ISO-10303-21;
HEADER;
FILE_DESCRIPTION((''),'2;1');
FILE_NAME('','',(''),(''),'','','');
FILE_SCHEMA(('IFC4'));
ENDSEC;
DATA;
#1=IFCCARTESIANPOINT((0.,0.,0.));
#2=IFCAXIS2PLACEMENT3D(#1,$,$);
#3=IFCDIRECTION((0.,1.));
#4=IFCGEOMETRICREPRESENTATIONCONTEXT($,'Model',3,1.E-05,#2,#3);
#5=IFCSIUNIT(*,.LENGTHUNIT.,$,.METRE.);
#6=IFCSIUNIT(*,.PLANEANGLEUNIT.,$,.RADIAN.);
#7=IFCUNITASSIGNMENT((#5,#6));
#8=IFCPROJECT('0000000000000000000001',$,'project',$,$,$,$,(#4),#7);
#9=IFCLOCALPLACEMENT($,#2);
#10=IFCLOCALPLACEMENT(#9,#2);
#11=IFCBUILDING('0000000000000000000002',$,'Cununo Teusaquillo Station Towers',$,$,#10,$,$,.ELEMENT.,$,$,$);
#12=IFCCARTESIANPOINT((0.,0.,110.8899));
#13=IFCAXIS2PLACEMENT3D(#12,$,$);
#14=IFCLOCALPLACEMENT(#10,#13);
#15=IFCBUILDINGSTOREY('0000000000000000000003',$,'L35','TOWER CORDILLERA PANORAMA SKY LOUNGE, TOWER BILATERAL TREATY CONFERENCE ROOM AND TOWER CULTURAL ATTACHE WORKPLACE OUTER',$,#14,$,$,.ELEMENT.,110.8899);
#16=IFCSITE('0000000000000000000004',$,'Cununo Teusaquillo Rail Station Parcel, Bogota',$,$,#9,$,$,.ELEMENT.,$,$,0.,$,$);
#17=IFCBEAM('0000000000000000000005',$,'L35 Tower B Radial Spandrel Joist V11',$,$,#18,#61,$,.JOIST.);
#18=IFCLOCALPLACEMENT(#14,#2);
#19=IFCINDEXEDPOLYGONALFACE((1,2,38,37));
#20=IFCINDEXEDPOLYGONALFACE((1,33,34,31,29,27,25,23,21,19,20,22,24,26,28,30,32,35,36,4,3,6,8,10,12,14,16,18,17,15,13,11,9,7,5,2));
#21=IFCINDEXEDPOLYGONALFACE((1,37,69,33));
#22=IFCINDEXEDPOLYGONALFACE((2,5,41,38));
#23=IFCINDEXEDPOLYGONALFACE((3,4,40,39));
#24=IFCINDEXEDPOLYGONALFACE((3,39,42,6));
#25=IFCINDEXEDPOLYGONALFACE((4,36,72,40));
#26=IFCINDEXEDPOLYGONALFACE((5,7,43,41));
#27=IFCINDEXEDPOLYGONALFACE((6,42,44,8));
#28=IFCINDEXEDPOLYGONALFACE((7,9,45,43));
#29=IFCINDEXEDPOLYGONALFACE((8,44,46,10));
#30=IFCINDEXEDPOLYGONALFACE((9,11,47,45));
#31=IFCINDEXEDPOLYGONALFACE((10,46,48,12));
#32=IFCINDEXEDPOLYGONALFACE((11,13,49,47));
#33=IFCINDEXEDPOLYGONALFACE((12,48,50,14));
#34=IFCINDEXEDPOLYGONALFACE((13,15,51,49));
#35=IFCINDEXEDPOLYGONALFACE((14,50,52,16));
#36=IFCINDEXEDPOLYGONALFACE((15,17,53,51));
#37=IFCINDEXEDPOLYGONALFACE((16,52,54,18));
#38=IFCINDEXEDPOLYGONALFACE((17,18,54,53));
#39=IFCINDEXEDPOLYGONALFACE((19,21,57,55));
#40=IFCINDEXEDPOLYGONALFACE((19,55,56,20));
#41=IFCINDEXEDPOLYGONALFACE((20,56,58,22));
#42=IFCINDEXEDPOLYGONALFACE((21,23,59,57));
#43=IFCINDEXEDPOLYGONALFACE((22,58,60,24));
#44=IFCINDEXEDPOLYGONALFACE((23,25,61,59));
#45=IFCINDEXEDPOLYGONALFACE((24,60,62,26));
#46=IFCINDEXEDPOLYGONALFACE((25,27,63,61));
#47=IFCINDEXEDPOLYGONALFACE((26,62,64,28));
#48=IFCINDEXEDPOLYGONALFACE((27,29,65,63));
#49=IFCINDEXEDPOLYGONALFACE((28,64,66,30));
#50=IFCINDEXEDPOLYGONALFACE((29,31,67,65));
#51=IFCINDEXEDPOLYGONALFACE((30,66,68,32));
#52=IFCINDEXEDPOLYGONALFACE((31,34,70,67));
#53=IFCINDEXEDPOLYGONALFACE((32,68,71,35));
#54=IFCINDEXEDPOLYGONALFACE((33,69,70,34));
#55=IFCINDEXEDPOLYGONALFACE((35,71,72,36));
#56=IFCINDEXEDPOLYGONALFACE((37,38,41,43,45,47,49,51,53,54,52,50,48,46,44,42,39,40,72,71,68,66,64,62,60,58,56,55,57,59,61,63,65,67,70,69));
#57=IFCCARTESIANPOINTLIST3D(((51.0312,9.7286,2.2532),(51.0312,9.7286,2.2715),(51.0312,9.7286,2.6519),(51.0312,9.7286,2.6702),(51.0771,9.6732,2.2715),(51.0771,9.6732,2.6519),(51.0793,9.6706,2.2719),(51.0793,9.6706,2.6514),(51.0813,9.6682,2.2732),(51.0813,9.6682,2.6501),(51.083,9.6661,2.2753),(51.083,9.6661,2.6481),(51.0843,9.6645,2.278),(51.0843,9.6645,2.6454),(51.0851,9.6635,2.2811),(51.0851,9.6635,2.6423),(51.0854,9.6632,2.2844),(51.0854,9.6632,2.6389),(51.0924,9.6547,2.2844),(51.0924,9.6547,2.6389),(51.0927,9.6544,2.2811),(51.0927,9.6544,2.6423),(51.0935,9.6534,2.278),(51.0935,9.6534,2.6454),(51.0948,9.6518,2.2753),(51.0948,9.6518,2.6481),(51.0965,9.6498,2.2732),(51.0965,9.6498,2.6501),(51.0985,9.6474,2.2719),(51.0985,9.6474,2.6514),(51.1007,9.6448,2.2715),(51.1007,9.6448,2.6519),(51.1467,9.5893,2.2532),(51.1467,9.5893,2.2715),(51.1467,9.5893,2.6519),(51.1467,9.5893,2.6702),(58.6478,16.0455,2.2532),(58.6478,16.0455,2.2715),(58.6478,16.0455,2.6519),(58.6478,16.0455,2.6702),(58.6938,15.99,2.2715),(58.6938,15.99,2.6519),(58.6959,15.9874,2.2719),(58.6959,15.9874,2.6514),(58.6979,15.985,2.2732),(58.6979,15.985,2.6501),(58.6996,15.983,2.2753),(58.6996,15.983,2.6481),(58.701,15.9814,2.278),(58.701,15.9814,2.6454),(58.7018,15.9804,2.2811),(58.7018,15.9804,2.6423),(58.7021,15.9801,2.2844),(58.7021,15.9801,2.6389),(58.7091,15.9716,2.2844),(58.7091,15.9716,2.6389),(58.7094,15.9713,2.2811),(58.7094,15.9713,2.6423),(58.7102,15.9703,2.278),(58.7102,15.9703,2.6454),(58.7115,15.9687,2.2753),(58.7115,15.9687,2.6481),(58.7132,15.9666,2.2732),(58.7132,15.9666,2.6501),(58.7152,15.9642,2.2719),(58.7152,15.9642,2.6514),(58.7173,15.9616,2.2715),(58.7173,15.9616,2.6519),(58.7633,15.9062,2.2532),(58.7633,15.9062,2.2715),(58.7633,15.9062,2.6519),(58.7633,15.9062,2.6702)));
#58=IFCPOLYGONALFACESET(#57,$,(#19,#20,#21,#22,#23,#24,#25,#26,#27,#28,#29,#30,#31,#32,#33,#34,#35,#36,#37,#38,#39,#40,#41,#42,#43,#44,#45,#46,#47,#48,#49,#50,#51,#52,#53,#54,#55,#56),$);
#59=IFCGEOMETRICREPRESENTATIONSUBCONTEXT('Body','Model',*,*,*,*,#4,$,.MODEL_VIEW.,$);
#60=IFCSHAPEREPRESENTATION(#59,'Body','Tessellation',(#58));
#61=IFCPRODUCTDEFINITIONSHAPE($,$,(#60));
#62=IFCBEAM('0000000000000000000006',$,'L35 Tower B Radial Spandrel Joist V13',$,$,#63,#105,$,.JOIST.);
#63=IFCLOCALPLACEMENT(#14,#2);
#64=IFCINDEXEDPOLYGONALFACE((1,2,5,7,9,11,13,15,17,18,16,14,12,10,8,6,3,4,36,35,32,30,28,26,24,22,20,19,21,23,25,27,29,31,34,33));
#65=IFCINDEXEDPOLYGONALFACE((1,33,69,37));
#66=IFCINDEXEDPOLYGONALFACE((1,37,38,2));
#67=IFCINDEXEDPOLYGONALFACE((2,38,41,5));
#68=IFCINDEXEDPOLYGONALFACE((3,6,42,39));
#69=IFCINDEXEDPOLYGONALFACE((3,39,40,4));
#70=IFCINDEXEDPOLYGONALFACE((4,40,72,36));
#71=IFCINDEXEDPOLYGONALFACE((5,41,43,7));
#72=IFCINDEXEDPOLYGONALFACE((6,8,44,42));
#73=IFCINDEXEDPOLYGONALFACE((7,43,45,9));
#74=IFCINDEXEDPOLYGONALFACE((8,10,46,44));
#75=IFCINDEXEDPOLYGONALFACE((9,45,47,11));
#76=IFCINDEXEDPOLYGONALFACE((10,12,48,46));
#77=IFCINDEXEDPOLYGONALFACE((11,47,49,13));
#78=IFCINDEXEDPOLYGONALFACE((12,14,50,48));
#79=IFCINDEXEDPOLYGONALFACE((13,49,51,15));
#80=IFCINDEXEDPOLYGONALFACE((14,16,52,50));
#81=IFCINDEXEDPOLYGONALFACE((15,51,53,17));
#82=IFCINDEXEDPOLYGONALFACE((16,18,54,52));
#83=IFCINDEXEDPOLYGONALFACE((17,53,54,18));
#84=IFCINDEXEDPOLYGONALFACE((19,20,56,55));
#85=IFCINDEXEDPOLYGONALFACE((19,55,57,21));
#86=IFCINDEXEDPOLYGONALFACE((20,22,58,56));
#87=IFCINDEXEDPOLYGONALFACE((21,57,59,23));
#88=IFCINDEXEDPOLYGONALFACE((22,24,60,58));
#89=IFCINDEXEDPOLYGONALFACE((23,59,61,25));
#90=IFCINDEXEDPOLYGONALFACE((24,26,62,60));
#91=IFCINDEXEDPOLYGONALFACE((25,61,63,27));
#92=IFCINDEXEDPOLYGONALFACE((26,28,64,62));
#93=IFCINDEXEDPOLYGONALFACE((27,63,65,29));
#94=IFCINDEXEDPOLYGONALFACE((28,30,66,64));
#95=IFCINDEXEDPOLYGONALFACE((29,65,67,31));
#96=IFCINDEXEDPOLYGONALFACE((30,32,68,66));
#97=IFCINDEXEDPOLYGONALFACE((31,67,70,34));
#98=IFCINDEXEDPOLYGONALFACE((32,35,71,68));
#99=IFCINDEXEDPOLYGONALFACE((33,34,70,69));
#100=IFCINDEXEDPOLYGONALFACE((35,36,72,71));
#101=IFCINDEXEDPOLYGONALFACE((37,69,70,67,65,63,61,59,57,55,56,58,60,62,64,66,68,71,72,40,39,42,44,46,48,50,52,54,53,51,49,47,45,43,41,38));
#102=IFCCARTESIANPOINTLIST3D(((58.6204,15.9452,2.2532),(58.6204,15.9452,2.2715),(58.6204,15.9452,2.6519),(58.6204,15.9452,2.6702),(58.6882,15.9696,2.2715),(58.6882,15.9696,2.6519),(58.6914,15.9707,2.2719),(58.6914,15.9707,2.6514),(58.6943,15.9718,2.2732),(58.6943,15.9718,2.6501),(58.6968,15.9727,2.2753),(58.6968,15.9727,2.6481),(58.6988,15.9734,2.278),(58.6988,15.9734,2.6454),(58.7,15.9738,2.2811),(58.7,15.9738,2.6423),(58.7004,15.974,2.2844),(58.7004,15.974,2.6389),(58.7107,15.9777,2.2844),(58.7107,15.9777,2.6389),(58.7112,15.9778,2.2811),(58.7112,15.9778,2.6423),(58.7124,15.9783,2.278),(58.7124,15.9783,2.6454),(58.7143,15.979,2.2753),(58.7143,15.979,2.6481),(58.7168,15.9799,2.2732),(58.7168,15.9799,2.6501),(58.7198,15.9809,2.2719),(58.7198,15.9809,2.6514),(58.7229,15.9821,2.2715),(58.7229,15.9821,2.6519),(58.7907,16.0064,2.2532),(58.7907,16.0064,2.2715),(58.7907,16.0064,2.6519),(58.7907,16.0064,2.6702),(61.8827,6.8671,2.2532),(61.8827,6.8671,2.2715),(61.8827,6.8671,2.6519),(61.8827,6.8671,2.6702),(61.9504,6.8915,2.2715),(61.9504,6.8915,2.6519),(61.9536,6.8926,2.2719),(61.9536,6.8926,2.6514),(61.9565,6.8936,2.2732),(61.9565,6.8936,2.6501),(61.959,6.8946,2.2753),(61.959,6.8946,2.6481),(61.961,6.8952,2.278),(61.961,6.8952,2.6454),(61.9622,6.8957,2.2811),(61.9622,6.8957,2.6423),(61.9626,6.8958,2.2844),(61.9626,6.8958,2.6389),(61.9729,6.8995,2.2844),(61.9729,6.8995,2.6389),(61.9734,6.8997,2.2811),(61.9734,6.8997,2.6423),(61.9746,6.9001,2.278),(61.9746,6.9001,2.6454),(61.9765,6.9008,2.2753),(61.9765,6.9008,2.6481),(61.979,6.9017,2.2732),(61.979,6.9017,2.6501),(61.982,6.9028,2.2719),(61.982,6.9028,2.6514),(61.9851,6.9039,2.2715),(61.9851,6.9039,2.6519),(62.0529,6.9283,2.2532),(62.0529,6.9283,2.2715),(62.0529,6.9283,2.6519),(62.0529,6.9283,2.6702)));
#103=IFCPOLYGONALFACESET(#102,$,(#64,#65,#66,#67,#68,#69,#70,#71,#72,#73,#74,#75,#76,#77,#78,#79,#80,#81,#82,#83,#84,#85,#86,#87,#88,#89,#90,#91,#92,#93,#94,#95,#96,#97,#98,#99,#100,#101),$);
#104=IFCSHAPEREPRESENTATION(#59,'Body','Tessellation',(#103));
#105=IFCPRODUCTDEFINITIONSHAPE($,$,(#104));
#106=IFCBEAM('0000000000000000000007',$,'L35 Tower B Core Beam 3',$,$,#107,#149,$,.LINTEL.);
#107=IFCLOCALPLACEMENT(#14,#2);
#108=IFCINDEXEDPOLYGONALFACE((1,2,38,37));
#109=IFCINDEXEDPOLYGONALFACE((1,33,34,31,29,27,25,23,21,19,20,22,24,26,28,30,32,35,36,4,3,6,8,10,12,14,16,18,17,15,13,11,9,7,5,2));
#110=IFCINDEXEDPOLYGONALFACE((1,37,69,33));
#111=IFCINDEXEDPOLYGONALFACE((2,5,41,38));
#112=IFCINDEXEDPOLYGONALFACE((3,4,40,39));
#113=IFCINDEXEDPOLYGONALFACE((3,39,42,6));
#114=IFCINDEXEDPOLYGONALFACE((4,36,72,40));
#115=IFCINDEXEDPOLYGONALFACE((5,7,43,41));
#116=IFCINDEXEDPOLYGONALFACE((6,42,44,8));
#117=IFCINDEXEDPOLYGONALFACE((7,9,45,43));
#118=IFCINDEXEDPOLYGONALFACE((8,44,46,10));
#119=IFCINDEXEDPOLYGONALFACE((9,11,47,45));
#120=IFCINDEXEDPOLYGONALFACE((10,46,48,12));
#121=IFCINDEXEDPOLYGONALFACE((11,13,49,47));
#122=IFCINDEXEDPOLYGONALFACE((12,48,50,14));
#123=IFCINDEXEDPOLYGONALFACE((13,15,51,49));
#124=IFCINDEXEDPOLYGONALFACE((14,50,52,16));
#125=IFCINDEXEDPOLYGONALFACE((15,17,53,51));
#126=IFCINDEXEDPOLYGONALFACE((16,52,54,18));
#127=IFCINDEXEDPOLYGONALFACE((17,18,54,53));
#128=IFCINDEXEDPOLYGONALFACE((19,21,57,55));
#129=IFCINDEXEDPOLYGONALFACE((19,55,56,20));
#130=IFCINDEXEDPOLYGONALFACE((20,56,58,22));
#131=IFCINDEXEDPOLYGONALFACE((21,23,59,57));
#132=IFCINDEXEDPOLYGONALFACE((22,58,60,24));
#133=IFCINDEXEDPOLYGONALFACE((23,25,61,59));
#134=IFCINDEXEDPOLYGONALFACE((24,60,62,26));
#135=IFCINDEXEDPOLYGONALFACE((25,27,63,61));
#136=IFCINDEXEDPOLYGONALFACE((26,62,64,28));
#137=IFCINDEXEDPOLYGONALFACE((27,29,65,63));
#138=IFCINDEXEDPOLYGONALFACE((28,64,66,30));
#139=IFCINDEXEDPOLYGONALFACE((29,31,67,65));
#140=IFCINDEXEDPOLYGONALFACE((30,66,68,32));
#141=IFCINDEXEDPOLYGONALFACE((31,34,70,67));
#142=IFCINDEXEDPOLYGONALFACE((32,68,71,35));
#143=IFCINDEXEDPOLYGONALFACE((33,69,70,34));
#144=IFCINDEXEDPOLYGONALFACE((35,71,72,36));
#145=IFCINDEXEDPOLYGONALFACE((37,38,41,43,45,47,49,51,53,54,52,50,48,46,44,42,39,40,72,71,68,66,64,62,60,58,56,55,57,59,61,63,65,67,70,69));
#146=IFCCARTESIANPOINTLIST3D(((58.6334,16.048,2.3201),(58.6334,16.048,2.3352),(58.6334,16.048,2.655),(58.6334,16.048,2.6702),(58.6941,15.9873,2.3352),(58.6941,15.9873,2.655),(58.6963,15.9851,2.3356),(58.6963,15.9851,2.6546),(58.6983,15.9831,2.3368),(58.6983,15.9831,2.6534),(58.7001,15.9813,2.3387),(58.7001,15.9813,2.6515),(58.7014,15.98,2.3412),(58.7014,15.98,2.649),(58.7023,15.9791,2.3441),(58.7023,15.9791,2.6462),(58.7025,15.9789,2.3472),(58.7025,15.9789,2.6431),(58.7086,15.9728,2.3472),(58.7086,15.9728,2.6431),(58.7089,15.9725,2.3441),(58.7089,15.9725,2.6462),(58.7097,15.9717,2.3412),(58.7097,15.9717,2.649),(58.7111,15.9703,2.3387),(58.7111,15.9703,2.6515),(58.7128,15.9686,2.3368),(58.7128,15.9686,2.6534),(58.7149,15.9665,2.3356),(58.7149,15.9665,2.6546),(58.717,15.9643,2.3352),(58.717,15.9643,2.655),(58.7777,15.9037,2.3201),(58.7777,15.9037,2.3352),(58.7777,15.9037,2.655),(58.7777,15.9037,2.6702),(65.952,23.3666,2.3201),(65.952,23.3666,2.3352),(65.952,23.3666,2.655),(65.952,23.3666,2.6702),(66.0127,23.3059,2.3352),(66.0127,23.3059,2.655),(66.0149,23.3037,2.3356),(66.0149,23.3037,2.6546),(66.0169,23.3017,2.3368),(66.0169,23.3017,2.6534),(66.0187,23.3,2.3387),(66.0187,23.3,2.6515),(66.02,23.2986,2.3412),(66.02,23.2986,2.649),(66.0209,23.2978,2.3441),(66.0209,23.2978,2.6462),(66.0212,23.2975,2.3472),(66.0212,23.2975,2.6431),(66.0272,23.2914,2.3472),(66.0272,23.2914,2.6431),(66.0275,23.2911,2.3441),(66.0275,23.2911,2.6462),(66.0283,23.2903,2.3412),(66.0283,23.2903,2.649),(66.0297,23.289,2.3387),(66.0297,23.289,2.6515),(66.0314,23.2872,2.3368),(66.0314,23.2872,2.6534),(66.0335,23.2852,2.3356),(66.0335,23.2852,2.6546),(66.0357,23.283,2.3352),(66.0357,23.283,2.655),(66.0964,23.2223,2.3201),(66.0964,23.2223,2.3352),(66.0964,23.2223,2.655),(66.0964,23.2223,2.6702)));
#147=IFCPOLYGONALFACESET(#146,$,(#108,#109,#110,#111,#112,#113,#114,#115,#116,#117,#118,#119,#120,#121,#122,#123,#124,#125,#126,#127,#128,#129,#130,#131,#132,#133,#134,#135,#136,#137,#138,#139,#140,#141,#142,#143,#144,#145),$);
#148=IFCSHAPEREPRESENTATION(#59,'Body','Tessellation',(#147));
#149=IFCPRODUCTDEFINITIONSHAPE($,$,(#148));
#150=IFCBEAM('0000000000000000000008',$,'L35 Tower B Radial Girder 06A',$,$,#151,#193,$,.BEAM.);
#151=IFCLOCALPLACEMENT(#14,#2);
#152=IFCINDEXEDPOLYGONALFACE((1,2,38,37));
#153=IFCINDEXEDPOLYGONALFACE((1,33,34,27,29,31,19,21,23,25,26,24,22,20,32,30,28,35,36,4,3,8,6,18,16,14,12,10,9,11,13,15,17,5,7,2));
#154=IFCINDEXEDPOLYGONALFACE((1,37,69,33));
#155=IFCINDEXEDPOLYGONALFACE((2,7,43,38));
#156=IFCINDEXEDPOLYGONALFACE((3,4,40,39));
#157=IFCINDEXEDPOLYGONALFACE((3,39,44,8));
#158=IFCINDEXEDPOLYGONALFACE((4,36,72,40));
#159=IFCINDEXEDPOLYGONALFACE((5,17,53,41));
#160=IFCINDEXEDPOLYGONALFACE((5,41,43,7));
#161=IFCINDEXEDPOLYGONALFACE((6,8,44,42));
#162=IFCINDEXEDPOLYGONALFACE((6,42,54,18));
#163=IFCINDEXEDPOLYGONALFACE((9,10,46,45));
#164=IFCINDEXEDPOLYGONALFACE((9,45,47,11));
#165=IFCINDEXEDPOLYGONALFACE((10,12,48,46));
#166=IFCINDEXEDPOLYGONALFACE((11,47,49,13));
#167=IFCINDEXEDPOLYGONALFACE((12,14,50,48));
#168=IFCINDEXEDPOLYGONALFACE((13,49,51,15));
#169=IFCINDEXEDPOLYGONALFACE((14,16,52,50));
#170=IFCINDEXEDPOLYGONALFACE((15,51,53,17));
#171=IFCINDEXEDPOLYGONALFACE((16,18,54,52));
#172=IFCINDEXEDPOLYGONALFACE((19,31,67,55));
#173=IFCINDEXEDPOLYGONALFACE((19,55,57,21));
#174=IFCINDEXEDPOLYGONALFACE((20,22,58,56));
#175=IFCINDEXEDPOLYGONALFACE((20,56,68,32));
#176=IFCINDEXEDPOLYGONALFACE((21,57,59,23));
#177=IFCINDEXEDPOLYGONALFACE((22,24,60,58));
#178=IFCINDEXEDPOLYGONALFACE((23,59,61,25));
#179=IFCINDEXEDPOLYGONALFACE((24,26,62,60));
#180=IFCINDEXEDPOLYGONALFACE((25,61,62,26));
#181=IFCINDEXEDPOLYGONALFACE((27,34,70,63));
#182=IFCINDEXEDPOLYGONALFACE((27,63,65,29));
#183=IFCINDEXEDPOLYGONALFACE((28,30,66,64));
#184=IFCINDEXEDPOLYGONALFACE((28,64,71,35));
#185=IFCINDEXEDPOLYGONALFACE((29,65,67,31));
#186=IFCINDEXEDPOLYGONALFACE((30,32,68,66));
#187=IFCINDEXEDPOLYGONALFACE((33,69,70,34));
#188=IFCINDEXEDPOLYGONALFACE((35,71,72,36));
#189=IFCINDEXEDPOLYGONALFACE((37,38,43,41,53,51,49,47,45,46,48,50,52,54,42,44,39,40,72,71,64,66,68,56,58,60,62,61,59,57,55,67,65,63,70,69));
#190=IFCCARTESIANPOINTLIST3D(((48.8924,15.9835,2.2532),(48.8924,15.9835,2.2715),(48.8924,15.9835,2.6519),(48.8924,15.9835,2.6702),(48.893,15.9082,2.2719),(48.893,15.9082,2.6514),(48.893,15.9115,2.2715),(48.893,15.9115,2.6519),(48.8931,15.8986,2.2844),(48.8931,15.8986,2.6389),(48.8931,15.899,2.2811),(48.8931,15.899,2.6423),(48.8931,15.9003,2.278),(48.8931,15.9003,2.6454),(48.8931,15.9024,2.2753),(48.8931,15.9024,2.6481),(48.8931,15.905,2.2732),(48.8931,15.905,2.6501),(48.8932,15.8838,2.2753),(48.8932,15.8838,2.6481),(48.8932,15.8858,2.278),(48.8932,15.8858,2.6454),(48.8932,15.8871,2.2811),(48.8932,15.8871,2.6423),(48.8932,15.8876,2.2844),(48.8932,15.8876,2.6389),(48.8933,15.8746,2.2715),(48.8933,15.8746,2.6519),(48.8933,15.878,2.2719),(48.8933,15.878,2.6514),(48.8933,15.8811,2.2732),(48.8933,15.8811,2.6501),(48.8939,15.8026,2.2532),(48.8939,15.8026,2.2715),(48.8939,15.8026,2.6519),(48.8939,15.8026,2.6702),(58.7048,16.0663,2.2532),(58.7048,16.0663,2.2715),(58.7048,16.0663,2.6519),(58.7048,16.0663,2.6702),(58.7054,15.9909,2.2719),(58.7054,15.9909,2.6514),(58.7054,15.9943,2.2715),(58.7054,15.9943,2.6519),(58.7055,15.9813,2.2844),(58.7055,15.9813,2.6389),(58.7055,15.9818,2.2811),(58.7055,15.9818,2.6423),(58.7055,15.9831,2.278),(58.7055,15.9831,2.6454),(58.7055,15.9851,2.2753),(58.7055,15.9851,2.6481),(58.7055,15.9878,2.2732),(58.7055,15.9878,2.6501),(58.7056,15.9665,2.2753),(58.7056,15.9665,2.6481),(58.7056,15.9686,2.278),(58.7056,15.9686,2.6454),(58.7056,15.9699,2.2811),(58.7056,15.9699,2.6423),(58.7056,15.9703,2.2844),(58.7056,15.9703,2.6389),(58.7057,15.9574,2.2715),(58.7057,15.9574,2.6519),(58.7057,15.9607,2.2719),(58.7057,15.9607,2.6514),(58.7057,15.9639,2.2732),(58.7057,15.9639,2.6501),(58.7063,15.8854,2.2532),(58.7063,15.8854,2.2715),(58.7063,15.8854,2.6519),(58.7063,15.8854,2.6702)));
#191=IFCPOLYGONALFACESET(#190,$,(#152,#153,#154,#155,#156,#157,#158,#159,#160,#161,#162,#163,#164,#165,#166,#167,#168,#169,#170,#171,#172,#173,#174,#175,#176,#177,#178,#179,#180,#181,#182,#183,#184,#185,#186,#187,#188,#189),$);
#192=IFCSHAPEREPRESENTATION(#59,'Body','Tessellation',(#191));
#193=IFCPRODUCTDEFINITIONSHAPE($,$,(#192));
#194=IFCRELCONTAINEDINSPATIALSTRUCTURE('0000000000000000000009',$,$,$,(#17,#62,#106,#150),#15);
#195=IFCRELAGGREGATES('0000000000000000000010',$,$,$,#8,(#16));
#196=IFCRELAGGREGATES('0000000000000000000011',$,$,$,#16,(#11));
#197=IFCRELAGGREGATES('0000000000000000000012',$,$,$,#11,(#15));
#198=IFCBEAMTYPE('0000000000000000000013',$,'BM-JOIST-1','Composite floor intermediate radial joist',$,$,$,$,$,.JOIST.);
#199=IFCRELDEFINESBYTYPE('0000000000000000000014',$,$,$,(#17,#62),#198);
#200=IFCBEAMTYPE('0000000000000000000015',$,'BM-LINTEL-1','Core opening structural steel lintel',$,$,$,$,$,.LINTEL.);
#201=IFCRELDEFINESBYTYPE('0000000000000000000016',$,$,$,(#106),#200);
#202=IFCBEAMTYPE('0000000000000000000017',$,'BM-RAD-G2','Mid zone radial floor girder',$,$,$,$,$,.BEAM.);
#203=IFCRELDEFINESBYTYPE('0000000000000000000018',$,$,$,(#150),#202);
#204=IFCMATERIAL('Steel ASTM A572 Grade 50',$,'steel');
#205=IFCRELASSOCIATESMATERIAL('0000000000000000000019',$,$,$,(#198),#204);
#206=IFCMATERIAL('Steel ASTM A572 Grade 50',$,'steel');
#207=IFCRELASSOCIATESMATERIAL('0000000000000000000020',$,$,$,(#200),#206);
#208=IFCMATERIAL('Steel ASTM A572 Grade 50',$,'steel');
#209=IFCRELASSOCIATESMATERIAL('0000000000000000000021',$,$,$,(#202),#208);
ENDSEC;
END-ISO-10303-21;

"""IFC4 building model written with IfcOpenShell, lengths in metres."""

from ifc_helpers import new_model, si_unit, direction, frame, origin, origin_2d, place, context, subcontext, project, spatial, i_section, extrude, material, material_profile, profile_set, type_object, element, save


model = new_model("IFC4")

# Units and contexts
model_context = context("Model", 3, precision=1e-05, world=origin(), true_north=direction((0.0, 1.0)))
body_context = subcontext(model_context, "Body", "Model", "MODEL_VIEW")
ifc_project = project(units=[si_unit("LENGTHUNIT", "METRE"), si_unit("PLANEANGLEUNIT", "RADIAN")], contexts=[model_context])

# Site, building, storey
site_placement = place(None, origin())
site = spatial("IfcSite", under=ifc_project, at=site_placement, Name="Cununo Teusaquillo Rail Station Parcel, Bogota", CompositionType="ELEMENT", RefElevation=0.0)
building_placement = place(site_placement, origin())
building = spatial("IfcBuilding", under=site, at=building_placement, Name="Cununo Teusaquillo Station Towers", CompositionType="ELEMENT")
storey_placement = place(building_placement, frame((0.0, 0.0, 110.8899)))
storey = spatial("IfcBuildingStorey", under=building, at=storey_placement, Name="L35", Description="TOWER CORDILLERA PANORAMA SKY LOUNGE, TOWER BILATERAL TREATY CONFERENCE ROOM AND TOWER CULTURAL ATTACHE WORKPLACE OUTER", CompositionType="ELEMENT", Elevation=110.8899)

# Beams
ifc_material_1 = material(Name="Steel ASTM A572 Grade 50", Category="steel")
ifc_material_profile_1 = material_profile(ifc_material_1, i_section(OverallWidth=0.1809, OverallDepth=0.417, WebThickness=0.011, FlangeThickness=0.0183, FilletRadius=0.0129, at=origin_2d()), Name="W16X57")
ifc_profile_set_1 = profile_set([ifc_material_profile_1], Name="Steel ASTM A572 Grade 50")
beam_type_1 = type_object("IfcBeamType", Name="BM-JOIST-1", Description="Composite floor intermediate radial joist", PredefinedType="JOIST", material=ifc_profile_set_1)
beam_1_placement = place(storey_placement, frame((58.7056, 15.9758, 2.4617), z_axis=(-0.769728, -0.638372, 0.0), x_axis=(0.638372, -0.769728, 0.0)))
element("IfcBeam", 1, at=beam_1_placement, inside=storey, type_object=beam_type_1, Name="L35 Tower B Radial Spandrel Joist V11", PredefinedType="JOIST", context=body_context, shape_type="SweptSolid", body=[
    extrude(i_section(OverallWidth=0.1809, OverallDepth=0.417, WebThickness=0.011, FlangeThickness=0.0183, FilletRadius=0.0129, at=origin_2d()), origin(), (0.0, 0.0, 1.0), 9.8953),
])
beam_2_placement = place(storey_placement, frame((58.7056, 15.9758, 2.4617), z_axis=(0.338176, -0.941083, 0.0), x_axis=(0.941083, 0.338176, 0.0)))
element("IfcBeam", 2, at=beam_2_placement, inside=storey, type_object=beam_type_1, Name="L35 Tower B Radial Spandrel Joist V13", PredefinedType="JOIST", context=body_context, shape_type="SweptSolid", body=[
    extrude(i_section(OverallWidth=0.1809, OverallDepth=0.417, WebThickness=0.011, FlangeThickness=0.0183, FilletRadius=0.0129, at=origin_2d()), origin(), (0.0, 0.0, 1.0), 9.6465),
])
ifc_material_2 = material(Name="Steel ASTM A572 Grade 50", Category="steel")
ifc_material_profile_2 = material_profile(ifc_material_2, i_section(OverallWidth=0.2041, OverallDepth=0.3501, WebThickness=0.0085, FlangeThickness=0.0151, FilletRadius=0.012, at=origin_2d()), Name="W14X48")
ifc_profile_set_2 = profile_set([ifc_material_profile_2], Name="Steel ASTM A572 Grade 50")
beam_type_2 = type_object("IfcBeamType", Name="BM-LINTEL-1", Description="Core opening structural steel lintel", PredefinedType="LINTEL", material=ifc_profile_set_2)
beam_3_placement = place(storey_placement, frame((58.7056, 15.9758, 2.4951), z_axis=(0.707107, 0.707107, 0.0), x_axis=(-0.707107, 0.707107, 0.0)))
element("IfcBeam", 3, at=beam_3_placement, inside=storey, type_object=beam_type_2, Name="L35 Tower B Core Beam 3", PredefinedType="LINTEL", context=body_context, shape_type="SweptSolid", body=[
    extrude(i_section(OverallWidth=0.2041, OverallDepth=0.3501, WebThickness=0.0085, FlangeThickness=0.0151, FilletRadius=0.012, at=origin_2d()), origin(), (0.0, 0.0, 1.0), 10.3501),
])
ifc_material_3 = material(Name="Steel ASTM A572 Grade 50", Category="steel")
ifc_material_profile_3 = material_profile(ifc_material_3, i_section(OverallWidth=0.1809, OverallDepth=0.417, WebThickness=0.011, FlangeThickness=0.0183, FilletRadius=0.0129, at=origin_2d()), Name="W16X57")
ifc_profile_set_3 = profile_set([ifc_material_profile_3], Name="Steel ASTM A572 Grade 50")
beam_type_3 = type_object("IfcBeamType", Name="BM-RAD-G2", Description="Mid zone radial floor girder", PredefinedType="BEAM", material=ifc_profile_set_3)
beam_4_placement = place(storey_placement, frame((58.7056, 15.9758, 2.4617), z_axis=(-0.999964, -0.008434, 0.0), x_axis=(0.008434, -0.999964, 0.0)))
element("IfcBeam", 4, at=beam_4_placement, inside=storey, type_object=beam_type_3, Name="L35 Tower B Radial Girder 06A", PredefinedType="BEAM", context=body_context, shape_type="SweptSolid", body=[
    extrude(i_section(OverallWidth=0.1809, OverallDepth=0.417, WebThickness=0.011, FlangeThickness=0.0183, FilletRadius=0.0129, at=origin_2d()), origin(), (0.0, 0.0, 1.0), 9.8127),
])

save(model, "model.ifc")
